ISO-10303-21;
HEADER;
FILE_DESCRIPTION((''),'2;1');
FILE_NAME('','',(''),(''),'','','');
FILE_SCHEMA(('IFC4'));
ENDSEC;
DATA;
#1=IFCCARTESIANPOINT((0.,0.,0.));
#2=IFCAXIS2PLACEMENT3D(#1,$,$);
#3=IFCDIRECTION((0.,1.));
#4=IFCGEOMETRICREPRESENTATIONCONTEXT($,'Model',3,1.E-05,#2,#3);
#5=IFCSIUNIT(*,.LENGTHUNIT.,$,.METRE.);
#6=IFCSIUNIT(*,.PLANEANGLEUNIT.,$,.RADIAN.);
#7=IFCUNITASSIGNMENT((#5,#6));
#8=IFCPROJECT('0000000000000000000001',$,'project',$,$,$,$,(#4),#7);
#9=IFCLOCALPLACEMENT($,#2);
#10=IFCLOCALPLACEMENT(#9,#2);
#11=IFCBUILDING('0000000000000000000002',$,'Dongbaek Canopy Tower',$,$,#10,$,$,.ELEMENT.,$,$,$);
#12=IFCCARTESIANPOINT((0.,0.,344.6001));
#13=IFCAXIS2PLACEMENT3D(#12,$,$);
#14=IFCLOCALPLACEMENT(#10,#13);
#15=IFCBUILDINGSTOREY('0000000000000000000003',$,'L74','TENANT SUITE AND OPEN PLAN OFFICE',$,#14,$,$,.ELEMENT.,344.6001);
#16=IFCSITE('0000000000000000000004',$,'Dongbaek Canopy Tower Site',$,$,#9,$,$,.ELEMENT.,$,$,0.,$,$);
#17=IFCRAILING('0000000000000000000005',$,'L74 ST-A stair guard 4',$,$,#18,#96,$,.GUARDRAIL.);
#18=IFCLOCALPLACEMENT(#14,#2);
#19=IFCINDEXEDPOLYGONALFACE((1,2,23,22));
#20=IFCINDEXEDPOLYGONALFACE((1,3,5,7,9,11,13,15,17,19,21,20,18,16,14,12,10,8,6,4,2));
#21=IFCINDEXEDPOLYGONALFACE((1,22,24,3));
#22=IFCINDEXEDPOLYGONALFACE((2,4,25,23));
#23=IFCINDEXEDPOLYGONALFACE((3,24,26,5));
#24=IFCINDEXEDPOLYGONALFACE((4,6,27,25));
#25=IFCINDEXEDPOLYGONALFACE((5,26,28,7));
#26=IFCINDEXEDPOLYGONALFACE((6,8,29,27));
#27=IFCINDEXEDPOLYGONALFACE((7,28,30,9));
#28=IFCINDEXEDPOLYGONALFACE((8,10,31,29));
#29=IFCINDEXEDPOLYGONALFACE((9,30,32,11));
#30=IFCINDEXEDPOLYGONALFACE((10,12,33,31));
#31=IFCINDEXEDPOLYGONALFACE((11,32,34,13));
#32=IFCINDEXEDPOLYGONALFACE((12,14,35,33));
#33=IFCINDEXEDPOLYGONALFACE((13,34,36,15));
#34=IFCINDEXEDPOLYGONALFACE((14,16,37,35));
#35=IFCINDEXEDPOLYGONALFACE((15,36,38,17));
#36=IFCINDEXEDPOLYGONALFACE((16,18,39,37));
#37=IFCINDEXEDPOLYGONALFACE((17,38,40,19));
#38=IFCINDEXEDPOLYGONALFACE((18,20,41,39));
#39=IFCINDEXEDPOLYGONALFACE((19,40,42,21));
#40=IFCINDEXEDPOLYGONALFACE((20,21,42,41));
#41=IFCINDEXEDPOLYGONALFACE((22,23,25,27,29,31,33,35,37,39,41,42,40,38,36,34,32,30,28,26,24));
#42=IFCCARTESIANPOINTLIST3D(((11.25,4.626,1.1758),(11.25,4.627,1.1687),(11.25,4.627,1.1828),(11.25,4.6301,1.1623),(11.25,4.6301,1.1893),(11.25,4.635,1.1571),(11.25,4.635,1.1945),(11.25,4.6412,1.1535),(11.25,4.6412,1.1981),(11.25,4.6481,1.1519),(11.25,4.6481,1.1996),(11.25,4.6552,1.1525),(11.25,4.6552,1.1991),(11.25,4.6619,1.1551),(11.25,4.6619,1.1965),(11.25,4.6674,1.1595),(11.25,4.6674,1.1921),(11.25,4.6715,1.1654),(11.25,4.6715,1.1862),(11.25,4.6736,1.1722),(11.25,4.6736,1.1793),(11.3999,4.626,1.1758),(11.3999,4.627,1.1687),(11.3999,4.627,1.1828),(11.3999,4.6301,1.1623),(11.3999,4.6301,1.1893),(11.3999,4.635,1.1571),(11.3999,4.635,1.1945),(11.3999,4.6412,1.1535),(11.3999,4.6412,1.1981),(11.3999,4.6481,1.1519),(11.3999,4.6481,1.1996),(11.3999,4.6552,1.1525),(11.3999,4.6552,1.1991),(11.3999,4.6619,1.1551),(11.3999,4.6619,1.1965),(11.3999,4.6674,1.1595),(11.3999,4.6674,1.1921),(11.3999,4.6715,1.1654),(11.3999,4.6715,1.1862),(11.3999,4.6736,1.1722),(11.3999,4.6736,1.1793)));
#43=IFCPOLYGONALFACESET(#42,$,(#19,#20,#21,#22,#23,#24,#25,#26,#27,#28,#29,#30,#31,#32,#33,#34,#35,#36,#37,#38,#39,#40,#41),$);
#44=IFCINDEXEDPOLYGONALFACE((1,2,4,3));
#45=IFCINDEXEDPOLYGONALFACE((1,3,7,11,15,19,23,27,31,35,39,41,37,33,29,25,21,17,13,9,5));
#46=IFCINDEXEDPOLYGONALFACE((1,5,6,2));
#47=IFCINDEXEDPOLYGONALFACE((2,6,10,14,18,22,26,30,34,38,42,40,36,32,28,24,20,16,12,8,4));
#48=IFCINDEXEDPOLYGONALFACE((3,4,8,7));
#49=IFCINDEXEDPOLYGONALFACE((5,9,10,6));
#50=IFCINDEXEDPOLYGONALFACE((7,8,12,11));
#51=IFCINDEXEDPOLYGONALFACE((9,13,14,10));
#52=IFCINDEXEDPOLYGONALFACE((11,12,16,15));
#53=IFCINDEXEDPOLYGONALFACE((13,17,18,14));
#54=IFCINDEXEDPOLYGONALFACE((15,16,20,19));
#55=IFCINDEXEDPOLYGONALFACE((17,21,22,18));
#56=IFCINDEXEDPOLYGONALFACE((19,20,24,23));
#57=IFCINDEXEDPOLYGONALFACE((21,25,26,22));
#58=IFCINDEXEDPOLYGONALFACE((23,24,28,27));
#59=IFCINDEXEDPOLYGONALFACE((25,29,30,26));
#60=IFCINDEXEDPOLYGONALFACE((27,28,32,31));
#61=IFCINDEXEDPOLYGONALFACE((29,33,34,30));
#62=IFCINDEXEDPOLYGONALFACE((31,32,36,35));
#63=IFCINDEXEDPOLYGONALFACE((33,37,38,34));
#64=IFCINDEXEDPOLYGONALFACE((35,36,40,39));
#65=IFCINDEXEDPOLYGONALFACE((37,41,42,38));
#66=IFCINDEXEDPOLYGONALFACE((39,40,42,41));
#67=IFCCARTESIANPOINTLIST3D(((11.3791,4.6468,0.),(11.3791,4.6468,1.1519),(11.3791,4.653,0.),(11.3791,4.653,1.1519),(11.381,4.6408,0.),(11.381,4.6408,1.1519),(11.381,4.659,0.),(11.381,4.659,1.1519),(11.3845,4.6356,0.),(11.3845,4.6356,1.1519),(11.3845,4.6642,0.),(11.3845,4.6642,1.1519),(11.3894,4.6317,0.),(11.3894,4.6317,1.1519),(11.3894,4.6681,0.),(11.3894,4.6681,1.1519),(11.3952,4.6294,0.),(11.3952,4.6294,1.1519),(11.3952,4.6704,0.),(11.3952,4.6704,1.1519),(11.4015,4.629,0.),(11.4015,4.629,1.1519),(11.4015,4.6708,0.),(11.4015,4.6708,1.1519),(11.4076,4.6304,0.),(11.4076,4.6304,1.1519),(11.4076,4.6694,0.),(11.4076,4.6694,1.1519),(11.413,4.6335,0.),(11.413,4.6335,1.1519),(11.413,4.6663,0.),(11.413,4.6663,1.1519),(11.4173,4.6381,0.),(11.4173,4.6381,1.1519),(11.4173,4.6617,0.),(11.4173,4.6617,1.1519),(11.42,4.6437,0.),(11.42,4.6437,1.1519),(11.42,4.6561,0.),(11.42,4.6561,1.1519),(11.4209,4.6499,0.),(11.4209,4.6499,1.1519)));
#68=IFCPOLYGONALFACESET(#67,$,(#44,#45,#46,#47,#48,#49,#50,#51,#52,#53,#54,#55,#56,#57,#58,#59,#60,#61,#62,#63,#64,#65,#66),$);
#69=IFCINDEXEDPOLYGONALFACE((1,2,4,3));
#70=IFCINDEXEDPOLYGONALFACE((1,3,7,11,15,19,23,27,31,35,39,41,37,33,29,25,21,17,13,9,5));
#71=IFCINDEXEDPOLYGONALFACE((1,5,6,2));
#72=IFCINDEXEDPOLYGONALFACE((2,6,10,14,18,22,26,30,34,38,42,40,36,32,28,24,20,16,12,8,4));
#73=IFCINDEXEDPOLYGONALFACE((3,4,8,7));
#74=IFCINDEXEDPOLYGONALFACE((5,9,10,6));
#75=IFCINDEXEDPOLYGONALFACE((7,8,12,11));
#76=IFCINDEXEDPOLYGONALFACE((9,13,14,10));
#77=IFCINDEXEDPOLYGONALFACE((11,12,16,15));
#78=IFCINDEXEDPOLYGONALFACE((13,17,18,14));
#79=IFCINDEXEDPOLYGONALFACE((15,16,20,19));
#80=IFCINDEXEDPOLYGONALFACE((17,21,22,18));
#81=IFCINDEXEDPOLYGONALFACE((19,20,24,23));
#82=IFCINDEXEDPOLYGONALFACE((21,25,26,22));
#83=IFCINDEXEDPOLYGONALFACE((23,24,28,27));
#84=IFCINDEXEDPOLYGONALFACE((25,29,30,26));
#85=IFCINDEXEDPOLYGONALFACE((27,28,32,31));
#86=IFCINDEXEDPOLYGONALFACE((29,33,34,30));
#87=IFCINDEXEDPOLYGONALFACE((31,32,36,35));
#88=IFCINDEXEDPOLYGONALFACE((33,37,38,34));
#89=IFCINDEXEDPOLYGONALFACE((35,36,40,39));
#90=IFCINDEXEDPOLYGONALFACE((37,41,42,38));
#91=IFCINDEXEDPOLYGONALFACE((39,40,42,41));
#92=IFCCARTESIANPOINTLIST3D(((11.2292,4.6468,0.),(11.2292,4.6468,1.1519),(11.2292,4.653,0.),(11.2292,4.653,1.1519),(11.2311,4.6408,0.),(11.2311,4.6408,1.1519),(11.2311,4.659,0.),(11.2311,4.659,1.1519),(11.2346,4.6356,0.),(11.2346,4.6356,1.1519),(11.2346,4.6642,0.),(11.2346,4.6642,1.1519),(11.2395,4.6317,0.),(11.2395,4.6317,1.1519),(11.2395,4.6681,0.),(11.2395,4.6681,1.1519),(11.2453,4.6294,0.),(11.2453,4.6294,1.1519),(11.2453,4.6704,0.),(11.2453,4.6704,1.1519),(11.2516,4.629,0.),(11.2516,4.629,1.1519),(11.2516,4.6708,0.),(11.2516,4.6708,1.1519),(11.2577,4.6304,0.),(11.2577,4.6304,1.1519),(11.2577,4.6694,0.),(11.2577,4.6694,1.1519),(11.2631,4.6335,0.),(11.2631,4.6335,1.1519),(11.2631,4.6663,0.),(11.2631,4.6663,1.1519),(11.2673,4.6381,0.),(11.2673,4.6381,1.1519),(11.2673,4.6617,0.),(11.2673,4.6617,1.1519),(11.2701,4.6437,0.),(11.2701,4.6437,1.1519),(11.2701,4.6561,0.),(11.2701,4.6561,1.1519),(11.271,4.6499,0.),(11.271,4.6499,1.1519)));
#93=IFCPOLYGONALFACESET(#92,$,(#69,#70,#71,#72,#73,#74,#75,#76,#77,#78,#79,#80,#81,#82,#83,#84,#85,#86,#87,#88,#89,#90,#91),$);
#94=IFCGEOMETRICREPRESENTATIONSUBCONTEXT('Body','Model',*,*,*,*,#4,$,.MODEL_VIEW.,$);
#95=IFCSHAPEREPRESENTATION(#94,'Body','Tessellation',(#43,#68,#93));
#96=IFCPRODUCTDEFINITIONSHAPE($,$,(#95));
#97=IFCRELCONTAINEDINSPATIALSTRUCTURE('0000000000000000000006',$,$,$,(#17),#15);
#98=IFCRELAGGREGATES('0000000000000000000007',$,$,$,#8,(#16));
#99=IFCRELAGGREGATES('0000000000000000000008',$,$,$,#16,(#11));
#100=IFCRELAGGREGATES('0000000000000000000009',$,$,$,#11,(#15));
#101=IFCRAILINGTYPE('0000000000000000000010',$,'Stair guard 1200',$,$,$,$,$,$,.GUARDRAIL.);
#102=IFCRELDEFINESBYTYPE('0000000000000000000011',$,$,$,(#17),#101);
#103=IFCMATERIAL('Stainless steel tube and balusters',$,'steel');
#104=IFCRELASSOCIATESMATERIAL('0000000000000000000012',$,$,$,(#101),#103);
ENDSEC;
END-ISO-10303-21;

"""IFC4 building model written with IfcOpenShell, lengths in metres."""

from ifc_helpers import new_model, si_unit, direction, frame, origin, origin_2d, place, context, subcontext, project, spatial, circle, extrude, material, type_object, element, save


model = new_model("IFC4")

# Units and contexts
model_context = context("Model", 3, precision=1e-05, world=origin(), true_north=direction((0.0, 1.0)))
body_context = subcontext(model_context, "Body", "Model", "MODEL_VIEW")
ifc_project = project(units=[si_unit("LENGTHUNIT", "METRE"), si_unit("PLANEANGLEUNIT", "RADIAN")], contexts=[model_context])

# Site, building, storey
site_placement = place(None, origin())
site = spatial("IfcSite", under=ifc_project, at=site_placement, Name="Dongbaek Canopy Tower Site", CompositionType="ELEMENT", RefElevation=0.0)
building_placement = place(site_placement, origin())
building = spatial("IfcBuilding", under=site, at=building_placement, Name="Dongbaek Canopy Tower", CompositionType="ELEMENT")
storey_placement = place(building_placement, frame((0.0, 0.0, 344.6001)))
storey = spatial("IfcBuildingStorey", under=building, at=storey_placement, Name="L74", Description="TENANT SUITE AND OPEN PLAN OFFICE", CompositionType="ELEMENT", Elevation=344.6001)

# Railing
ifc_material_1 = material(Name="Stainless steel tube and balusters", Category="steel")
railing_type_1 = type_object("IfcRailingType", Name="Stair guard 1200", PredefinedType="GUARDRAIL", material=ifc_material_1)
railing_1_placement = place(storey_placement, frame((11.3999, 4.6499, 0.0)))
element("IfcRailing", 1, at=railing_1_placement, inside=storey, type_object=railing_type_1, Name="L74 ST-A stair guard 4", PredefinedType="GUARDRAIL", context=body_context, shape_type="SweptSolid", body=[
    extrude(circle(Radius=0.0239, at=origin_2d()), frame((0.0, 0.0, 1.1758), z_axis=(-1.0, 0.0, 0.0), x_axis=(0.0, -1.0, 0.0)), (0.0, 0.0, 1.0), 0.1499),
    extrude(circle(Radius=0.021, at=origin_2d()), origin(), (0.0, 0.0, 1.0), 1.1519),
    extrude(circle(Radius=0.021, at=origin_2d()), frame((-0.1499, 0.0, 0.0)), (0.0, 0.0, 1.0), 1.1519),
])

save(model, "model.ifc")
